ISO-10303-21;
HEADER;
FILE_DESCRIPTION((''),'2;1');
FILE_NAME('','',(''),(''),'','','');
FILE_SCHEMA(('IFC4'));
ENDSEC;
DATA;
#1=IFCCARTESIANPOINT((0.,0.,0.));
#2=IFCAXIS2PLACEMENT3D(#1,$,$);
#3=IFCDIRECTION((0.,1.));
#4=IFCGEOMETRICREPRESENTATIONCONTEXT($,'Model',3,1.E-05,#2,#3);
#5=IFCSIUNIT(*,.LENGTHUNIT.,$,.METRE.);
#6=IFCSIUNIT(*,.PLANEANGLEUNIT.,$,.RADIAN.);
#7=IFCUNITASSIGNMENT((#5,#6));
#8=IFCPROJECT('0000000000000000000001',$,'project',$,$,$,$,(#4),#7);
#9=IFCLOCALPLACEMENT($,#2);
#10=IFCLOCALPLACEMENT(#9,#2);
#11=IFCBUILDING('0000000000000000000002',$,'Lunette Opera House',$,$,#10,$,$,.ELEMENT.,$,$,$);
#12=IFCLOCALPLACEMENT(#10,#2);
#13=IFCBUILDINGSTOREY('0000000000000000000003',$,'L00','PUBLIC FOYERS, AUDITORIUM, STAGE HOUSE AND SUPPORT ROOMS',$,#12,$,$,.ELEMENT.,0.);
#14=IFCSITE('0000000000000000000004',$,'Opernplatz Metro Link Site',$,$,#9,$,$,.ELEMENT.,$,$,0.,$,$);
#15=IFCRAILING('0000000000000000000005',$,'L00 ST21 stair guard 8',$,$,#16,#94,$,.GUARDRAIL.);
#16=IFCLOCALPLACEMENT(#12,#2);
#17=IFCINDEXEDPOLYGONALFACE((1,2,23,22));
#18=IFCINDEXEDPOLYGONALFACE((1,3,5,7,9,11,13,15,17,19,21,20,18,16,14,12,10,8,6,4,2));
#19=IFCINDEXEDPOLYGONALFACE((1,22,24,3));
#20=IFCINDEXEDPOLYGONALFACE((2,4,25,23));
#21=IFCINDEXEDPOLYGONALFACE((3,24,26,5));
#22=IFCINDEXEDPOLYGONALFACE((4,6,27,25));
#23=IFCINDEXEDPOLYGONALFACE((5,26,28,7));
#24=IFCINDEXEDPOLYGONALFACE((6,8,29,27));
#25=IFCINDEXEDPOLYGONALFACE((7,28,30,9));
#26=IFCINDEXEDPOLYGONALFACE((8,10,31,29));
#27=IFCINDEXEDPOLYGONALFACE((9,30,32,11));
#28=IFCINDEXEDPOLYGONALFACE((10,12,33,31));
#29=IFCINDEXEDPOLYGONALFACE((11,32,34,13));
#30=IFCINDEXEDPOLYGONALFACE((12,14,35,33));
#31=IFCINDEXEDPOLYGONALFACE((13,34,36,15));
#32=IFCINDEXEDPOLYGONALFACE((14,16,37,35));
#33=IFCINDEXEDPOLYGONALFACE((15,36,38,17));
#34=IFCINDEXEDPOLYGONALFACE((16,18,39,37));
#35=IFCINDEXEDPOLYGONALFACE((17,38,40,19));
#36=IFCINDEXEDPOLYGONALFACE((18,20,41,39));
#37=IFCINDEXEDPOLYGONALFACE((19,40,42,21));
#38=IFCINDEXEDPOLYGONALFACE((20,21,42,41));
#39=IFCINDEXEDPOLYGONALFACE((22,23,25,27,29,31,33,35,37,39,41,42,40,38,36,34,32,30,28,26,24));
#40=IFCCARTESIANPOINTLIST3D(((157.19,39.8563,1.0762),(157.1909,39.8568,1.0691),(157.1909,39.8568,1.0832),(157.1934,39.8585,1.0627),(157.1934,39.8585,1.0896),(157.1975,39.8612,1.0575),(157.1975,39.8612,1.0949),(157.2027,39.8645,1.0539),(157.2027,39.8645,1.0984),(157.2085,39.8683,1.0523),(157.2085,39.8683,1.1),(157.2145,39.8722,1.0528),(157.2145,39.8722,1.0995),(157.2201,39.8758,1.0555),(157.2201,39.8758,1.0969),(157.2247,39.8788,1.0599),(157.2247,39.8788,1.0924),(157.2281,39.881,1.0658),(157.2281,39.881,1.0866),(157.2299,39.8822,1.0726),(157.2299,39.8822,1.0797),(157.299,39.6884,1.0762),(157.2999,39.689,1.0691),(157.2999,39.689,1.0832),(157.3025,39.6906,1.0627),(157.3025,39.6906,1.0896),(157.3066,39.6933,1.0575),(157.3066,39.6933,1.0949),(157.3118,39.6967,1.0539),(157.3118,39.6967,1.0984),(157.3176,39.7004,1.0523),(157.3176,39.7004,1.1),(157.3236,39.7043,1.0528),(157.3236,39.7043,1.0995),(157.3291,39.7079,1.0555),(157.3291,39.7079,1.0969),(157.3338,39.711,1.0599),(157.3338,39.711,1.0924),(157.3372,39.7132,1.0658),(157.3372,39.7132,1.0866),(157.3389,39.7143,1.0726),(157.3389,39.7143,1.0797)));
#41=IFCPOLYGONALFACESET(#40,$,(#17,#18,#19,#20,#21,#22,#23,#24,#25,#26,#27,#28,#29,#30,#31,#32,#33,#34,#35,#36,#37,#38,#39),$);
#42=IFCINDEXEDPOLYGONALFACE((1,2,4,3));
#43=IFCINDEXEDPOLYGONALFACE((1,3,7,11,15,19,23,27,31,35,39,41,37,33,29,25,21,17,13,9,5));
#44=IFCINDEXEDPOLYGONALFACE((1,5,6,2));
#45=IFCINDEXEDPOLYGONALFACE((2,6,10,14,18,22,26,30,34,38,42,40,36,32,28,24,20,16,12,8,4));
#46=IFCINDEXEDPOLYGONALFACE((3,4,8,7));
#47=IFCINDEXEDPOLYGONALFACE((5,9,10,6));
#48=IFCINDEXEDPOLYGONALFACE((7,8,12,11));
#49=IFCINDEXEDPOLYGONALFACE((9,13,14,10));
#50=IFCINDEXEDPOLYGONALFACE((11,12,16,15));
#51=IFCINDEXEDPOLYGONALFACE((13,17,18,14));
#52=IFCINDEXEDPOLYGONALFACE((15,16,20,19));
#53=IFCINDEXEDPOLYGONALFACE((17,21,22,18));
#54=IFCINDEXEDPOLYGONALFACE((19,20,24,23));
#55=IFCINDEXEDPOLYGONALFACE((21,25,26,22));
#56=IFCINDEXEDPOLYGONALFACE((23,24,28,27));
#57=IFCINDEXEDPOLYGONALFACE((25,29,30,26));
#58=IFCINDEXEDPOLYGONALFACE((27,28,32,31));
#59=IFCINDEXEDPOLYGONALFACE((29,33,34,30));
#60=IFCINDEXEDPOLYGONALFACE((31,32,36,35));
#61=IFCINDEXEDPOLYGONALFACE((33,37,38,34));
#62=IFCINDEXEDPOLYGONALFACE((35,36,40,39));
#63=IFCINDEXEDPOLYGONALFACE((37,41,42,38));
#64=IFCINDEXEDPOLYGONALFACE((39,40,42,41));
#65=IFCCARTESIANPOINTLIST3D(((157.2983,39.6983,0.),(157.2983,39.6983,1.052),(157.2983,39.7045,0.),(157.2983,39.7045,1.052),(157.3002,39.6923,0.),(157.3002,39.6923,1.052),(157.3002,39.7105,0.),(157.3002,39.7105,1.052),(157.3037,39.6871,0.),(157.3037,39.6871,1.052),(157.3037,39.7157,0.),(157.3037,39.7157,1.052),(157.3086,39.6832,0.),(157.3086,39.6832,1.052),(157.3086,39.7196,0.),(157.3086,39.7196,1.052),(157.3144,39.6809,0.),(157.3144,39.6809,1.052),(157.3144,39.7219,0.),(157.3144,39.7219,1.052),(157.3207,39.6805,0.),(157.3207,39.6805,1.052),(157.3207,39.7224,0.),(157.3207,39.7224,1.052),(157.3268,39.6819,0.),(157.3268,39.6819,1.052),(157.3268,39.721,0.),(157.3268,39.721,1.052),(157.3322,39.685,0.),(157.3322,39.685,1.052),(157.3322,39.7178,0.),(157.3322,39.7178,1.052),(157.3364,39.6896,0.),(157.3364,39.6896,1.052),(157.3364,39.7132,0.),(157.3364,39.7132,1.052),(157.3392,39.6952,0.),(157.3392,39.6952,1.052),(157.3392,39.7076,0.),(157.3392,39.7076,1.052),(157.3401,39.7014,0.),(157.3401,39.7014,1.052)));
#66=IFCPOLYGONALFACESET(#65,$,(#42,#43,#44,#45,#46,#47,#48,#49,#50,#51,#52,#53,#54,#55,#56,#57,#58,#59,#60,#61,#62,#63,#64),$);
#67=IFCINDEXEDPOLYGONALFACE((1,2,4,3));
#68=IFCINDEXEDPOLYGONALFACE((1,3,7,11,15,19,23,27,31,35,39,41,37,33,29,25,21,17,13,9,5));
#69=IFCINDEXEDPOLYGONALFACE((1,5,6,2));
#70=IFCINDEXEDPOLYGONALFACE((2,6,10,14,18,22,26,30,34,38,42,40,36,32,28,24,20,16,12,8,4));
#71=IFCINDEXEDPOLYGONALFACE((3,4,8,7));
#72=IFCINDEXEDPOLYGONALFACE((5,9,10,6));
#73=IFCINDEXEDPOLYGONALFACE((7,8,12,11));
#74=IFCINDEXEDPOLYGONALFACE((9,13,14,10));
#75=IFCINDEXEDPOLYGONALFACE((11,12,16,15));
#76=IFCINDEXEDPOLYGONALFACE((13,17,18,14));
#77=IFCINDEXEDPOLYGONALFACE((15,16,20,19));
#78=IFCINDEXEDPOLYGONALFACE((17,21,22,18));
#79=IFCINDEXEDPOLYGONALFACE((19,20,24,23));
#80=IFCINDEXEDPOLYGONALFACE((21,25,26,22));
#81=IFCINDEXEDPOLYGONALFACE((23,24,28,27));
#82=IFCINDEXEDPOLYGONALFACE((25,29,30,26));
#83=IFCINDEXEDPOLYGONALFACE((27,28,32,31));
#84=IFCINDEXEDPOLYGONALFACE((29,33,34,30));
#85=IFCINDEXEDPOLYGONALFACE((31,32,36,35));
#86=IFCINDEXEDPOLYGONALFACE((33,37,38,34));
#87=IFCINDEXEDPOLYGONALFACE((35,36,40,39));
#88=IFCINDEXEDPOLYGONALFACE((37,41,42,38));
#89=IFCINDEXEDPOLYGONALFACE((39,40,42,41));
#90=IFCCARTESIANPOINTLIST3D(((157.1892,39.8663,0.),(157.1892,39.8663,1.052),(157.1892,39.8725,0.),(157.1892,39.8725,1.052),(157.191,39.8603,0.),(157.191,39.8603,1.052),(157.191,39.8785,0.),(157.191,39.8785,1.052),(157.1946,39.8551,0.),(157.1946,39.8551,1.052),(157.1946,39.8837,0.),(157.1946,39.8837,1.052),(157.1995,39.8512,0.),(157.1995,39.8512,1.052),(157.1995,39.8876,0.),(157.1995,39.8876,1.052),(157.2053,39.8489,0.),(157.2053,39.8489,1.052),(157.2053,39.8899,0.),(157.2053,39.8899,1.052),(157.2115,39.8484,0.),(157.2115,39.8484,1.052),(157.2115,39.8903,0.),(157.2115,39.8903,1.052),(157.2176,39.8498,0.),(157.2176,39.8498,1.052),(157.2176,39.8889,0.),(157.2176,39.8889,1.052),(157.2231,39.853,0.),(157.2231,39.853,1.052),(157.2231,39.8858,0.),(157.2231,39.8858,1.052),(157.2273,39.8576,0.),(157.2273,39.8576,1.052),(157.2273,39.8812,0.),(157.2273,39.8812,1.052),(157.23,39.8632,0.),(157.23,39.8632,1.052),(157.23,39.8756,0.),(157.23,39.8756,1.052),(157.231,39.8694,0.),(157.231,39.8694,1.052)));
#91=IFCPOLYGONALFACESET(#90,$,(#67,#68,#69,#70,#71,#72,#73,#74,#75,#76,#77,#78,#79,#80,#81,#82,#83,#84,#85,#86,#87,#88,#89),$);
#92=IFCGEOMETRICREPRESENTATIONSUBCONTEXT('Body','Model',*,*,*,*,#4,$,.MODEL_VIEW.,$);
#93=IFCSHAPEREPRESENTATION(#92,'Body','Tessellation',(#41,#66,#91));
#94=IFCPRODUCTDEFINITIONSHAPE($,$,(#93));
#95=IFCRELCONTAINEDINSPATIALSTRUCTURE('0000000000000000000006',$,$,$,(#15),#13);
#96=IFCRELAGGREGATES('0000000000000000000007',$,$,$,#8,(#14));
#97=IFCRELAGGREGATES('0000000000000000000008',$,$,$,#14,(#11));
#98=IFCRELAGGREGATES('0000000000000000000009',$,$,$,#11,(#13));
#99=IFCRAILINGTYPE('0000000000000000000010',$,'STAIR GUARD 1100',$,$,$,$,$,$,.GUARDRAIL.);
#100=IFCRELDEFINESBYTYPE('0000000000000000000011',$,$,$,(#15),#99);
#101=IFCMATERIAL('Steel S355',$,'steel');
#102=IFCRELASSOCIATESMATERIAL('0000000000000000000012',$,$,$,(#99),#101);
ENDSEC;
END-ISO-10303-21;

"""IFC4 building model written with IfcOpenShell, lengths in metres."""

from ifc_helpers import new_model, si_unit, direction, frame, origin, origin_2d, place, context, subcontext, project, spatial, circle, extrude, material, type_object, element, save


model = new_model("IFC4")

# Units and contexts
model_context = context("Model", 3, precision=1e-05, world=origin(), true_north=direction((0.0, 1.0)))
body_context = subcontext(model_context, "Body", "Model", "MODEL_VIEW")
ifc_project = project(units=[si_unit("LENGTHUNIT", "METRE"), si_unit("PLANEANGLEUNIT", "RADIAN")], contexts=[model_context])

# Site, building, storey
site_placement = place(None, origin())
site = spatial("IfcSite", under=ifc_project, at=site_placement, Name="Opernplatz Metro Link Site", CompositionType="ELEMENT", RefElevation=0.0)
building_placement = place(site_placement, origin())
building = spatial("IfcBuilding", under=site, at=building_placement, Name="Lunette Opera House", CompositionType="ELEMENT")
storey_placement = place(building_placement, origin())
storey = spatial("IfcBuildingStorey", under=building, at=storey_placement, Name="L00", Description="PUBLIC FOYERS, AUDITORIUM, STAGE HOUSE AND SUPPORT ROOMS", CompositionType="ELEMENT", Elevation=0.0)

# Railing
ifc_material_1 = material(Name="Steel S355", Category="steel")
railing_type_1 = type_object("IfcRailingType", Name="STAIR GUARD 1100", PredefinedType="GUARDRAIL", material=ifc_material_1)
railing_1_placement = place(storey_placement, frame((157.3191, 39.7014, 0.0)))
element("IfcRailing", 1, at=railing_1_placement, inside=storey, type_object=railing_type_1, Name="L00 ST21 stair guard 8", PredefinedType="GUARDRAIL", context=body_context, shape_type="SweptSolid", body=[
    extrude(circle(Radius=0.0239, at=origin_2d()), frame((0.0, 0.0, 1.0762), z_axis=(-0.544817, 0.838555, 0.0), x_axis=(-0.838555, -0.544817, 0.0)), (0.0, 0.0, 1.0), 0.2002),
    extrude(circle(Radius=0.021, at=origin_2d()), origin(), (0.0, 0.0, 1.0), 1.052),
    extrude(circle(Radius=0.021, at=origin_2d()), frame((-0.1091, 0.168, 0.0)), (0.0, 0.0, 1.0), 1.052),
])

save(model, "model.ifc")
